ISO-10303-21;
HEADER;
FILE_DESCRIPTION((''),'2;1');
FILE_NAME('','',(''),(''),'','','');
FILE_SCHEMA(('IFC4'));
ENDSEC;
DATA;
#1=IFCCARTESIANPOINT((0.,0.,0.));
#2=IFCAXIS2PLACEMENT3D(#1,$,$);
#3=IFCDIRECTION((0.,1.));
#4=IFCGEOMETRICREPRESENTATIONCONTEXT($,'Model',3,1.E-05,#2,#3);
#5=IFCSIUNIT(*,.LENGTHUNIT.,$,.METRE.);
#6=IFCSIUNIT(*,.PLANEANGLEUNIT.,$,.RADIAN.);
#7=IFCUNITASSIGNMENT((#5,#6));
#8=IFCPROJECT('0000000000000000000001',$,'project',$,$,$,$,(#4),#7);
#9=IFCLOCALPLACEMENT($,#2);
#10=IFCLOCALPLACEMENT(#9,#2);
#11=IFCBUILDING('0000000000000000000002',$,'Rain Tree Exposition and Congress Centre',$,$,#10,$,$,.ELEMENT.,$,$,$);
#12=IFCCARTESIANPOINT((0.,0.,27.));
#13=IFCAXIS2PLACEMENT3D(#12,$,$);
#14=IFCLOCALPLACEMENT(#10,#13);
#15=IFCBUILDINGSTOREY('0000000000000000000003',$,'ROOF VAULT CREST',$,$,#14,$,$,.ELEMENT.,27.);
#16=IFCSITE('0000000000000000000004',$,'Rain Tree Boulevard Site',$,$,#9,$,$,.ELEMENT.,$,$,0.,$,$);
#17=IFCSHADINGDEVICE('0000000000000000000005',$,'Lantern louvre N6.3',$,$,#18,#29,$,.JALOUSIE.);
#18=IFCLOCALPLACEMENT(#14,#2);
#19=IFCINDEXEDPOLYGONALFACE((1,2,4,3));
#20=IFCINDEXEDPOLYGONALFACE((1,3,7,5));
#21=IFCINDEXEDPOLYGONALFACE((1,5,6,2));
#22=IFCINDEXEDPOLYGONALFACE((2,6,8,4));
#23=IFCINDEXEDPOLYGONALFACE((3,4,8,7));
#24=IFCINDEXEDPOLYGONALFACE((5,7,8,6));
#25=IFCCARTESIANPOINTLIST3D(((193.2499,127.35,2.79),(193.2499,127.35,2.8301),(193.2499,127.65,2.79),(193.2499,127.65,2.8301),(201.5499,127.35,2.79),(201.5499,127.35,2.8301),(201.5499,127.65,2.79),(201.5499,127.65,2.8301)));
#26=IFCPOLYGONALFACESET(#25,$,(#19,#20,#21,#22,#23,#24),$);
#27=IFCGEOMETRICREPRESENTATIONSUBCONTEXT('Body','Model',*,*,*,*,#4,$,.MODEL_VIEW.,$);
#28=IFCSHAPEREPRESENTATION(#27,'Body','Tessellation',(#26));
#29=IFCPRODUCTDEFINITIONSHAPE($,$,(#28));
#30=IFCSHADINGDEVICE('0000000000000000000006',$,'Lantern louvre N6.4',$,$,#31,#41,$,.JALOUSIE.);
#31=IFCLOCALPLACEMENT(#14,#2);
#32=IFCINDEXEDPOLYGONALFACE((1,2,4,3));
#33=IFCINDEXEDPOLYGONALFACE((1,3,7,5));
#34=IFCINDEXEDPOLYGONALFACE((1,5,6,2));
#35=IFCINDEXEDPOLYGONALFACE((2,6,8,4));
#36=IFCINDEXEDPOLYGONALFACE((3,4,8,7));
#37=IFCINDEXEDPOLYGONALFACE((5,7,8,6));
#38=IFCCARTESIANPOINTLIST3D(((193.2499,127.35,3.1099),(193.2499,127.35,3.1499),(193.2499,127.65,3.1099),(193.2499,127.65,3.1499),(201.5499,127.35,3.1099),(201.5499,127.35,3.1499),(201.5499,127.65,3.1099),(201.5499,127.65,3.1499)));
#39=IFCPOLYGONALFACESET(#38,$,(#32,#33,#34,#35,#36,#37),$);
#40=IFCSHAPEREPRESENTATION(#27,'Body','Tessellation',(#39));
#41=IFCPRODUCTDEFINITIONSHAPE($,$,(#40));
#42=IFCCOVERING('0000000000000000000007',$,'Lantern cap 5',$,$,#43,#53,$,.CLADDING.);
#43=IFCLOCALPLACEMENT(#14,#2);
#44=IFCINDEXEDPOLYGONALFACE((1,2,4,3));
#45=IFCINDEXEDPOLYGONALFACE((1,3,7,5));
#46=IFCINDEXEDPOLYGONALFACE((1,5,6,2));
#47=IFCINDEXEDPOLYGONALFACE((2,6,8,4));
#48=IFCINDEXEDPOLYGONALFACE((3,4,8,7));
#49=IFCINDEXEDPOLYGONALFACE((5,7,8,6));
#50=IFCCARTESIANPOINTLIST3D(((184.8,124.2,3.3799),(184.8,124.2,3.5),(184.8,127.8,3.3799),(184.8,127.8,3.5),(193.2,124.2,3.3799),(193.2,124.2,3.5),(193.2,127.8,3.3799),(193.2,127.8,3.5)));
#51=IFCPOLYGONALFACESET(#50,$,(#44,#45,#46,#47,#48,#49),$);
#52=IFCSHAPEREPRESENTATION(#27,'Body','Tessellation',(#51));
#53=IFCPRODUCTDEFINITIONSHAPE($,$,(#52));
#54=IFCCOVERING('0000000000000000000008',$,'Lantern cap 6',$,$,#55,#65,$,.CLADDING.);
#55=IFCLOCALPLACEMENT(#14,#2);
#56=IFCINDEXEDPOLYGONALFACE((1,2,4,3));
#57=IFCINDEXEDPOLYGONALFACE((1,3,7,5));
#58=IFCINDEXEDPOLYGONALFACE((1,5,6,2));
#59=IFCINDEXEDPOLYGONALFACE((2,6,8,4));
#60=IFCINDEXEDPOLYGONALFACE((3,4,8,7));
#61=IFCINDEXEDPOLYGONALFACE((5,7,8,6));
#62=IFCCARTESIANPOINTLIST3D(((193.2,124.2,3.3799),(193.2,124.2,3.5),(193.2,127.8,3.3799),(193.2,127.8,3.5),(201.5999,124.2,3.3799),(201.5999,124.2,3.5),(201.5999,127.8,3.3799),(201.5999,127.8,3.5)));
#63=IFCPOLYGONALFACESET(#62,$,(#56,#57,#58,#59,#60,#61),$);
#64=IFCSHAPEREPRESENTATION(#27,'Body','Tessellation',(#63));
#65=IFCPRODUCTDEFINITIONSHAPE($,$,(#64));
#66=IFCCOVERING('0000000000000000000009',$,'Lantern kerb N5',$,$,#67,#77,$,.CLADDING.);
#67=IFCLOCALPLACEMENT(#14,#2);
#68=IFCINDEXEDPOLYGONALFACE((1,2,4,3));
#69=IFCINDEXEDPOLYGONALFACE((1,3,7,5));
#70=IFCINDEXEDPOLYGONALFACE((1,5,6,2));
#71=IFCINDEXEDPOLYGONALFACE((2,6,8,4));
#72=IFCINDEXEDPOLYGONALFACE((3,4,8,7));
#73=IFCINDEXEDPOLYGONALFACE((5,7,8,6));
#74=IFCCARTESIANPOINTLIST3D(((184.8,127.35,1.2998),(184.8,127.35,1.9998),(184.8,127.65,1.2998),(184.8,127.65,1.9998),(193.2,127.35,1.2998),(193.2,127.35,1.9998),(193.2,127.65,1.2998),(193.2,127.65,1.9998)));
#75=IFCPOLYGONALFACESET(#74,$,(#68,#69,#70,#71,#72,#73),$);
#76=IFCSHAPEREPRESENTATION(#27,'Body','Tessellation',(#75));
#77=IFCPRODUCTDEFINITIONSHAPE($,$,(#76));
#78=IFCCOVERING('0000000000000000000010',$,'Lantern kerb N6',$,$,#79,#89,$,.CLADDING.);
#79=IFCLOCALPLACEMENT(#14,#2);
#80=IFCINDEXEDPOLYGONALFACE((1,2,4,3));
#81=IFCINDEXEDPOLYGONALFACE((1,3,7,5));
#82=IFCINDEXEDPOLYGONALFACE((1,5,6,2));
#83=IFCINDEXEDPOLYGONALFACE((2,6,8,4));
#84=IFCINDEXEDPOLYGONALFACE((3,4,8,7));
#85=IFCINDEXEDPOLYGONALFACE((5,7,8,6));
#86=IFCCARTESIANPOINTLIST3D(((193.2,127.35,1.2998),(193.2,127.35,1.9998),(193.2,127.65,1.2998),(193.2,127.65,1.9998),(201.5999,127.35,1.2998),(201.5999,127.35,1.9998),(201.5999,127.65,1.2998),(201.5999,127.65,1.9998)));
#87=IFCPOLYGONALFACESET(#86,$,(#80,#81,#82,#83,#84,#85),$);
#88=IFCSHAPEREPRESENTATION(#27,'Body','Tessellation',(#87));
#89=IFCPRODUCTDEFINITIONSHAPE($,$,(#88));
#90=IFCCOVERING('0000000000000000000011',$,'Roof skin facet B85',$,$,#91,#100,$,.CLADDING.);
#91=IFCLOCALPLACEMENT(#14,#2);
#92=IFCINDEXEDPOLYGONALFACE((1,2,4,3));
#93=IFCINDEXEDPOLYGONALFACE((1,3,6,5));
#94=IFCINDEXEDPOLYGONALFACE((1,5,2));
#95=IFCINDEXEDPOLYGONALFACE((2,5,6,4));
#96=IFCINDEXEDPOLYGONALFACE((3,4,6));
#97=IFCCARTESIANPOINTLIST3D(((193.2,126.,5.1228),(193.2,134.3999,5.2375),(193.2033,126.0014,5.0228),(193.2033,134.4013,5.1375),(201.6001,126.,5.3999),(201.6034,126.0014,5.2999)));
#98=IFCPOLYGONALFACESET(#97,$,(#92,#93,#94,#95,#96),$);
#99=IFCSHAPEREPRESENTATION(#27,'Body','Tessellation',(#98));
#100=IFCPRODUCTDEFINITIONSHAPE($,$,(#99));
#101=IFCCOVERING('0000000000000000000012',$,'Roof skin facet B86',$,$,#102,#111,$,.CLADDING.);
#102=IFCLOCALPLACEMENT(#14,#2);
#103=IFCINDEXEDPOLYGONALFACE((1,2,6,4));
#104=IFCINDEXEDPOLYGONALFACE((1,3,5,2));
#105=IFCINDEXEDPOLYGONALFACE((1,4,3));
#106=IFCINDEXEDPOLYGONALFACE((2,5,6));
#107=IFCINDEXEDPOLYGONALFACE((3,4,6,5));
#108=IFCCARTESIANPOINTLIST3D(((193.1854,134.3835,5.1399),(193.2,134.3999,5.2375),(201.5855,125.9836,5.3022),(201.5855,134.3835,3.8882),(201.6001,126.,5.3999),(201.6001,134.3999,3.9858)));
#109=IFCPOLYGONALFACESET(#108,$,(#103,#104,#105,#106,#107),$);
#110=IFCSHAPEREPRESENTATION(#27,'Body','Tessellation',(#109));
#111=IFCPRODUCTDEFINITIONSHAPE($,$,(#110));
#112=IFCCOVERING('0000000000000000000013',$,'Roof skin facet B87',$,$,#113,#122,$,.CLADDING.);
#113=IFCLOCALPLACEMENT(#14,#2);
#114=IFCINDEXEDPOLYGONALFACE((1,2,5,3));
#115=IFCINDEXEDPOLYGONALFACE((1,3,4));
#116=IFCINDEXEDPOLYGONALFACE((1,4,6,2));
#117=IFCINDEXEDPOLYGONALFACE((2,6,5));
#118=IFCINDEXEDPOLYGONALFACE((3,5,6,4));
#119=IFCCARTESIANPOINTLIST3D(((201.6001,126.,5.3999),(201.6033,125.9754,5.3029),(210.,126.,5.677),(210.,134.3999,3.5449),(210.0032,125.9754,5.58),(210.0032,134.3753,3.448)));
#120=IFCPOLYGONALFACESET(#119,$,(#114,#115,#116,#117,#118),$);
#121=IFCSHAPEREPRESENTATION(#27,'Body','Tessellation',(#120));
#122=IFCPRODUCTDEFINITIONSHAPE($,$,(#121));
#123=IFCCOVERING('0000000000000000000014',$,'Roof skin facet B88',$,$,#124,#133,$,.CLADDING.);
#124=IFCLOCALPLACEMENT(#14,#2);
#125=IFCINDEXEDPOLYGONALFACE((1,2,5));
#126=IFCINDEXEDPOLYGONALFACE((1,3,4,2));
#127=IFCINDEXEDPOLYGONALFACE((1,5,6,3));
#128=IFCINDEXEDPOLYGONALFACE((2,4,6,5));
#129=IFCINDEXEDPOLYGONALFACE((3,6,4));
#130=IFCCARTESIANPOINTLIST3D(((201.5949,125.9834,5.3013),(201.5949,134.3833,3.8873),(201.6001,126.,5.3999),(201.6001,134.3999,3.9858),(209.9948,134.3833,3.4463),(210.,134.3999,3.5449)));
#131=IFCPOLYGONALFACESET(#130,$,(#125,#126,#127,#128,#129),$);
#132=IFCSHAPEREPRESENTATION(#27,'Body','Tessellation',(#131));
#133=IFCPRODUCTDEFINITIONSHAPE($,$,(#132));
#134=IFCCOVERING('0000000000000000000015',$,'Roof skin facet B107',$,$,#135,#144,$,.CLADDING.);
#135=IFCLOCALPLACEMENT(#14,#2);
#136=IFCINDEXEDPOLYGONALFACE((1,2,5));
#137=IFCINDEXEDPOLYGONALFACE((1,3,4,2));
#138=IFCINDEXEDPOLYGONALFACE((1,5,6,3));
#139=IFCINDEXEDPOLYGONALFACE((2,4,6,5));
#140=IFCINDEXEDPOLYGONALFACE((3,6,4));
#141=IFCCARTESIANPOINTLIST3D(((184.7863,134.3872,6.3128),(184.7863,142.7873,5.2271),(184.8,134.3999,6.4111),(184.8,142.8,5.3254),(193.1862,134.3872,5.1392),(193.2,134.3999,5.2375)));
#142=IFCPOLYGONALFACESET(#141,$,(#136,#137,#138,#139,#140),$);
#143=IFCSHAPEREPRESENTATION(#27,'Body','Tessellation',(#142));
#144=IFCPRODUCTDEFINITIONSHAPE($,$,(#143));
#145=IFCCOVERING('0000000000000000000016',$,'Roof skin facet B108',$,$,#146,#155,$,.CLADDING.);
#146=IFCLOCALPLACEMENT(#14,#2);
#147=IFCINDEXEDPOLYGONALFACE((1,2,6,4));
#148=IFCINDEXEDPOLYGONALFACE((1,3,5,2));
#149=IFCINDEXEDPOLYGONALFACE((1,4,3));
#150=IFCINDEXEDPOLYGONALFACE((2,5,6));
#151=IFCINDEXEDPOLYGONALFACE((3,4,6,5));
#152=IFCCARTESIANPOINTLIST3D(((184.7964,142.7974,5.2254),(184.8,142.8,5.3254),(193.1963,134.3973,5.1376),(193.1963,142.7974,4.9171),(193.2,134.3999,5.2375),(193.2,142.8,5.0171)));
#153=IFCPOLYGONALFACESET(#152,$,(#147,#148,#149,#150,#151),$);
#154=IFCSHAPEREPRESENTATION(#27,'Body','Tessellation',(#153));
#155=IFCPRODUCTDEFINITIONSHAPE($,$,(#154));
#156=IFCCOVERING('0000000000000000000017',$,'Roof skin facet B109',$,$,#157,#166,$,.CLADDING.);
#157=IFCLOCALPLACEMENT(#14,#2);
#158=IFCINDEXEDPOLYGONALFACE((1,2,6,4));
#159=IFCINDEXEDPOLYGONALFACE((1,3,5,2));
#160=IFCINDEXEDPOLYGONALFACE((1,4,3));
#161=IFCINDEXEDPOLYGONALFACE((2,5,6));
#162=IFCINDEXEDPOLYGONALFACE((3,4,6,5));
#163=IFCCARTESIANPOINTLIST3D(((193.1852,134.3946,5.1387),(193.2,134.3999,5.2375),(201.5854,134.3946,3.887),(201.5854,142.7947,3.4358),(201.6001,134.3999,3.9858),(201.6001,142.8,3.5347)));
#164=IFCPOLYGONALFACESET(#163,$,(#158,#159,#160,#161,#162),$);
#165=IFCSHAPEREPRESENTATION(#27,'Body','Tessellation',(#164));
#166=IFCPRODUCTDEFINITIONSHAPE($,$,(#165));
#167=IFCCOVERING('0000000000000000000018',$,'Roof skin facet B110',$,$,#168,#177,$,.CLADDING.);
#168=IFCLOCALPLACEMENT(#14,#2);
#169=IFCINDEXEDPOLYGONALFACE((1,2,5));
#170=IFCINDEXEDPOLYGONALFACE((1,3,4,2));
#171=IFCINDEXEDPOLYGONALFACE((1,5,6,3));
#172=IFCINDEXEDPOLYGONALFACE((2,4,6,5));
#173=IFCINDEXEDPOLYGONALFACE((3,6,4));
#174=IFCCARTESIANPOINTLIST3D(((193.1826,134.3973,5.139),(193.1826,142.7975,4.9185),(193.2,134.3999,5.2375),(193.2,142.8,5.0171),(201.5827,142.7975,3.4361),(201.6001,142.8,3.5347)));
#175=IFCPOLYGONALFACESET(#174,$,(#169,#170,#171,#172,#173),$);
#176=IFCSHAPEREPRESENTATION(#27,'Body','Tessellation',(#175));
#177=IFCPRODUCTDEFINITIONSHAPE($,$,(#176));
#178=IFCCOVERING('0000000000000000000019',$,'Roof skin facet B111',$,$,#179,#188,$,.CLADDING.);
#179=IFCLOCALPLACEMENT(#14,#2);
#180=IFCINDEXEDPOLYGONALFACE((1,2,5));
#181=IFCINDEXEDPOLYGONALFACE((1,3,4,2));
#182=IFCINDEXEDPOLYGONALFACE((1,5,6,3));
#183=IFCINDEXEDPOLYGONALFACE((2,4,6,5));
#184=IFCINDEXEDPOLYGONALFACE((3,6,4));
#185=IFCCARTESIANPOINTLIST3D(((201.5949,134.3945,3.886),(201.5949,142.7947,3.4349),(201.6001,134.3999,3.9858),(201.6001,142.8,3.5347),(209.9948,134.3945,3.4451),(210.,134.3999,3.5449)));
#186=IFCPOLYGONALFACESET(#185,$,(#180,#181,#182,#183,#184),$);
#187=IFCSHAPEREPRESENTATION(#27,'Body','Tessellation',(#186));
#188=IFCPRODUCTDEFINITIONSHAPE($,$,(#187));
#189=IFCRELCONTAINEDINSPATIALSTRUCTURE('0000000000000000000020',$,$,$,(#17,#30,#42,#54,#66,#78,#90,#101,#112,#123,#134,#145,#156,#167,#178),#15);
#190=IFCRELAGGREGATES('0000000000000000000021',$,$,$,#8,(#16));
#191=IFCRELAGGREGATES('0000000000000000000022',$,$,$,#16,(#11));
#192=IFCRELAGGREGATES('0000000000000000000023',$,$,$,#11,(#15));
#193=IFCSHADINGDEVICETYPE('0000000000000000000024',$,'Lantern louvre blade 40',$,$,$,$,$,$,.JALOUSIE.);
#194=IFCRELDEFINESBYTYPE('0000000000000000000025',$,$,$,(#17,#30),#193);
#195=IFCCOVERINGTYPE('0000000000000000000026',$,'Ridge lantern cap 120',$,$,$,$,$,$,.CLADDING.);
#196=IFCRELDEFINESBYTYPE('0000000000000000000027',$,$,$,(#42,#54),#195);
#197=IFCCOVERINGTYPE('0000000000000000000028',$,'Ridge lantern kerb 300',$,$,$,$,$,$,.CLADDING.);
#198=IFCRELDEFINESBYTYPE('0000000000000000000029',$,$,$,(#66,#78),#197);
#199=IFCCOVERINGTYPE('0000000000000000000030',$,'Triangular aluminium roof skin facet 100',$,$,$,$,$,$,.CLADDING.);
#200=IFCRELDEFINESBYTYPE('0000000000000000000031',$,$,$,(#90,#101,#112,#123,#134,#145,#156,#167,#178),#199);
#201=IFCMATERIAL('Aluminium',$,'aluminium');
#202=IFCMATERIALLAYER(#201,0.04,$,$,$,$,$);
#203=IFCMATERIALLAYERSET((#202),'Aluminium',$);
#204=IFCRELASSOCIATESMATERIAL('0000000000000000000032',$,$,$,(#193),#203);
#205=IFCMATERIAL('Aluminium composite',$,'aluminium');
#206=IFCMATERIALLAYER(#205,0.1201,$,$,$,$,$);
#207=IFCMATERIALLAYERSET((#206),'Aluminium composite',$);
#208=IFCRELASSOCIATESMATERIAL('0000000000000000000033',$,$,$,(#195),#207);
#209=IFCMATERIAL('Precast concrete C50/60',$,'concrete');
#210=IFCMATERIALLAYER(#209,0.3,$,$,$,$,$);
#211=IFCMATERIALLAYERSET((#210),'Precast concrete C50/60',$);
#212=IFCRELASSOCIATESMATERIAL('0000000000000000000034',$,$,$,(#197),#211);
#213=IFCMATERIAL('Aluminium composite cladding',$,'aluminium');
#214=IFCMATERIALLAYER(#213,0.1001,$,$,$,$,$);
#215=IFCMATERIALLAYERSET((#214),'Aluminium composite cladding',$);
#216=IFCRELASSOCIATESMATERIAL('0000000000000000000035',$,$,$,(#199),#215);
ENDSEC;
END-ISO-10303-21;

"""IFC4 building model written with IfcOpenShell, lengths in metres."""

from ifc_helpers import new_model, si_unit, direction, frame, origin, origin_2d, place, context, subcontext, project, spatial, polyline, rectangle, outline, extrude, material, layer, layer_set, type_object, element, save


model = new_model("IFC4")

# Units and contexts
model_context = context("Model", 3, precision=1e-05, world=origin(), true_north=direction((0.0, 1.0)))
body_context = subcontext(model_context, "Body", "Model", "MODEL_VIEW")
ifc_project = project(units=[si_unit("LENGTHUNIT", "METRE"), si_unit("PLANEANGLEUNIT", "RADIAN")], contexts=[model_context])

# Site, building, storey
site_placement = place(None, origin())
site = spatial("IfcSite", under=ifc_project, at=site_placement, Name="Rain Tree Boulevard Site", CompositionType="ELEMENT", RefElevation=0.0)
building_placement = place(site_placement, origin())
building = spatial("IfcBuilding", under=site, at=building_placement, Name="Rain Tree Exposition and Congress Centre", CompositionType="ELEMENT")
storey_placement = place(building_placement, frame((0.0, 0.0, 27.0)))
storey = spatial("IfcBuildingStorey", under=building, at=storey_placement, Name="ROOF VAULT CREST", CompositionType="ELEMENT", Elevation=27.0)

# Shading devices
ifc_material_1 = material(Name="Aluminium", Category="aluminium")
ifc_layer_1 = layer(ifc_material_1, 0.04)
ifc_layer_set_1 = layer_set([ifc_layer_1], Name="Aluminium")
shading_device_type = type_object("IfcShadingDeviceType", Name="Lantern louvre blade 40", PredefinedType="JALOUSIE", material=ifc_layer_set_1)
for number, where, z_axis, x_axis, name in (
    (1, (197.3999, 127.5, 2.79), (0.0, 0.0, 1.0), (1.0, 0.0, 0.0), "Lantern louvre N6.3"),
    (2, (197.3999, 127.5, 3.1099), (0.0, 0.0, 1.0), (1.0, 0.0, 0.0), "Lantern louvre N6.4"),
):
    element("IfcShadingDevice", number, at=place(storey_placement, frame(where, z_axis=z_axis, x_axis=x_axis)), inside=storey, type_object=shading_device_type, Name=name, PredefinedType="JALOUSIE", context=body_context, shape_type="SweptSolid", body=[
        extrude(rectangle(XDim=8.3, YDim=0.3, at=origin_2d()), origin(), (0.0, 0.0, 1.0), 0.04),
    ])

# Coverings
ifc_material_2 = material(Name="Aluminium composite", Category="aluminium")
ifc_layer_2 = layer(ifc_material_2, 0.1201)
ifc_layer_set_2 = layer_set([ifc_layer_2], Name="Aluminium composite")
covering_type_1 = type_object("IfcCoveringType", Name="Ridge lantern cap 120", PredefinedType="CLADDING", material=ifc_layer_set_2)
for number, where, z_axis, x_axis, name in (
    (3, (189.0, 126.0, 3.3799), (0.0, 0.0, 1.0), (1.0, 0.0, 0.0), "Lantern cap 5"),
    (4, (197.3999, 126.0, 3.3799), (0.0, 0.0, 1.0), (1.0, 0.0, 0.0), "Lantern cap 6"),
):
    element("IfcCovering", number, at=place(storey_placement, frame(where, z_axis=z_axis, x_axis=x_axis)), inside=storey, type_object=covering_type_1, Name=name, PredefinedType="CLADDING", context=body_context, shape_type="SweptSolid", body=[
        extrude(rectangle(XDim=8.3999, YDim=3.6001, at=origin_2d()), origin(), (0.0, 0.0, 1.0), 0.1201),
    ])
ifc_material_3 = material(Name="Precast concrete C50/60", Category="concrete")
ifc_layer_3 = layer(ifc_material_3, 0.3)
ifc_layer_set_3 = layer_set([ifc_layer_3], Name="Precast concrete C50/60")
covering_type_2 = type_object("IfcCoveringType", Name="Ridge lantern kerb 300", PredefinedType="CLADDING", material=ifc_layer_set_3)
for number, where, z_axis, x_axis, name in (
    (5, (189.0, 127.5, 1.2998), (0.0, 0.0, 1.0), (1.0, 0.0, 0.0), "Lantern kerb N5"),
    (6, (197.3999, 127.5, 1.2998), (0.0, 0.0, 1.0), (1.0, 0.0, 0.0), "Lantern kerb N6"),
):
    element("IfcCovering", number, at=place(storey_placement, frame(where, z_axis=z_axis, x_axis=x_axis)), inside=storey, type_object=covering_type_2, Name=name, PredefinedType="CLADDING", context=body_context, shape_type="SweptSolid", body=[
        extrude(rectangle(XDim=8.3999, YDim=0.3, at=origin_2d()), origin(), (0.0, 0.0, 1.0), 0.7),
    ])
ifc_material_4 = material(Name="Aluminium composite cladding", Category="aluminium")
ifc_layer_4 = layer(ifc_material_4, 0.1001)
ifc_layer_set_4 = layer_set([ifc_layer_4], Name="Aluminium composite cladding")
covering_type_3 = type_object("IfcCoveringType", Name="Triangular aluminium roof skin facet 100", PredefinedType="CLADDING", material=ifc_layer_set_4)
covering_1_placement = place(storey_placement, frame((193.2, 126.0, 5.1228), z_axis=(-0.032966, -0.013652, 0.999363), x_axis=(0.999456, 0.0, 0.03297)))
element("IfcCovering", 7, at=covering_1_placement, inside=storey, type_object=covering_type_3, Name="Roof skin facet B85", PredefinedType="CLADDING", context=body_context, shape_type="SweptSolid", body=[
    extrude(outline(polyline([(0.0, 0.0), (8.4047, 0.0), (0.0038, 8.4007), (0.0, 0.0)])), origin(), (0.0, 0.0, -1.0), 0.1001),
])
covering_2_placement = place(storey_placement, frame((201.6001, 126.0, 5.3999), z_axis=(0.145382, 0.164243, 0.975648), x_axis=(0.0, 0.986125, -0.166007)))
element("IfcCovering", 8, at=covering_2_placement, inside=storey, type_object=covering_type_3, Name="Roof skin facet B86", PredefinedType="CLADDING", context=body_context, shape_type="SweptSolid", body=[
    extrude(outline(polyline([(0.0, 0.0), (8.5181, 0.0), (8.3103, 8.4904), (0.0, 0.0)])), origin(), (0.0, 0.0, -1.0), 0.1001),
])
covering_3_placement = place(storey_placement, frame((201.6001, 126.0, 5.3999), z_axis=(-0.031958, 0.245895, 0.968769), x_axis=(0.999456, 0.0, 0.03297)))
element("IfcCovering", 9, at=covering_3_placement, inside=storey, type_object=covering_type_3, Name="Roof skin facet B87", PredefinedType="CLADDING", context=body_context, shape_type="SweptSolid", body=[
    extrude(outline(polyline([(0.0, 0.0), (8.4045, 0.0), (8.3342, 8.666), (0.0, 0.0)])), origin(), (0.0, 0.0, -1.0), 0.1001),
])
covering_4_placement = place(storey_placement, frame((201.6001, 126.0, 5.3999), z_axis=(0.051693, 0.165785, 0.984806), x_axis=(0.69864, 0.69864, -0.154283)))
element("IfcCovering", 10, at=covering_4_placement, inside=storey, type_object=covering_type_3, Name="Roof skin facet B88", PredefinedType="CLADDING", context=body_context, shape_type="SweptSolid", body=[
    extrude(outline(polyline([(0.0, 0.0), (12.0232, 0.0), (6.0867, 5.9591), (0.0, 0.0)])), origin(), (0.0, 0.0, -1.0), 0.1001),
])
covering_5_placement = place(storey_placement, frame((184.8, 134.3999, 6.4111), z_axis=(0.13725, 0.126968, 0.982365), x_axis=(0.990381, 0.0, -0.13837)))
element("IfcCovering", 11, at=covering_5_placement, inside=storey, type_object=covering_type_3, Name="Roof skin facet B107", PredefinedType="CLADDING", context=body_context, shape_type="SweptSolid", body=[
    extrude(outline(polyline([(0.0, 0.0), (8.4815, 0.0), (0.1502, 8.4687), (0.0, 0.0)])), origin(), (0.0, 0.0, -1.0), 0.1001),
])
covering_6_placement = place(storey_placement, frame((193.2, 134.3999, 5.2375), z_axis=(0.036671, 0.026218, 0.998983), x_axis=(0.0, 0.999656, -0.026236)))
element("IfcCovering", 12, at=covering_6_placement, inside=storey, type_object=covering_type_3, Name="Roof skin facet B108", PredefinedType="CLADDING", context=body_context, shape_type="SweptSolid", body=[
    extrude(outline(polyline([(0.0, 0.0), (8.403, 0.0), (8.3949, 8.4056), (0.0, 0.0)])), origin(), (0.0, 0.0, -1.0), 0.1001),
])
covering_7_placement = place(storey_placement, frame((193.2, 134.3999, 5.2375), z_axis=(0.147176, 0.053049, 0.987687), x_axis=(0.989079, 0.0, -0.147383)))
element("IfcCovering", 13, at=covering_7_placement, inside=storey, type_object=covering_type_3, Name="Roof skin facet B109", PredefinedType="CLADDING", context=body_context, shape_type="SweptSolid", body=[
    extrude(outline(polyline([(0.0, 0.0), (8.4929, 0.0), (8.5594, 8.412), (0.0, 0.0)])), origin(), (0.0, 0.0, -1.0), 0.1001),
])
covering_8_placement = place(storey_placement, frame((193.2, 134.3999, 5.2375), z_axis=(0.173732, 0.025837, 0.984454), x_axis=(0.699952, 0.699952, -0.141895)))
element("IfcCovering", 14, at=covering_8_placement, inside=storey, type_object=covering_type_3, Name="Roof skin facet B110", PredefinedType="CLADDING", context=body_context, shape_type="SweptSolid", body=[
    extrude(outline(polyline([(0.0, 0.0), (12.001, 0.0), (5.911, 5.9725), (0.0, 0.0)])), origin(), (0.0, 0.0, -1.0), 0.1001),
])
covering_9_placement = place(storey_placement, frame((201.6001, 134.3999, 3.9858), z_axis=(0.052343, 0.053559, 0.997192), x_axis=(0.998625, 0.0, -0.052419)))
element("IfcCovering", 15, at=covering_9_placement, inside=storey, type_object=covering_type_3, Name="Roof skin facet B111", PredefinedType="CLADDING", context=body_context, shape_type="SweptSolid", body=[
    extrude(outline(polyline([(0.0, 0.0), (8.4115, 0.0), (0.0236, 8.4122), (0.0, 0.0)])), origin(), (0.0, 0.0, -1.0), 0.1001),
])

save(model, "model.ifc")
